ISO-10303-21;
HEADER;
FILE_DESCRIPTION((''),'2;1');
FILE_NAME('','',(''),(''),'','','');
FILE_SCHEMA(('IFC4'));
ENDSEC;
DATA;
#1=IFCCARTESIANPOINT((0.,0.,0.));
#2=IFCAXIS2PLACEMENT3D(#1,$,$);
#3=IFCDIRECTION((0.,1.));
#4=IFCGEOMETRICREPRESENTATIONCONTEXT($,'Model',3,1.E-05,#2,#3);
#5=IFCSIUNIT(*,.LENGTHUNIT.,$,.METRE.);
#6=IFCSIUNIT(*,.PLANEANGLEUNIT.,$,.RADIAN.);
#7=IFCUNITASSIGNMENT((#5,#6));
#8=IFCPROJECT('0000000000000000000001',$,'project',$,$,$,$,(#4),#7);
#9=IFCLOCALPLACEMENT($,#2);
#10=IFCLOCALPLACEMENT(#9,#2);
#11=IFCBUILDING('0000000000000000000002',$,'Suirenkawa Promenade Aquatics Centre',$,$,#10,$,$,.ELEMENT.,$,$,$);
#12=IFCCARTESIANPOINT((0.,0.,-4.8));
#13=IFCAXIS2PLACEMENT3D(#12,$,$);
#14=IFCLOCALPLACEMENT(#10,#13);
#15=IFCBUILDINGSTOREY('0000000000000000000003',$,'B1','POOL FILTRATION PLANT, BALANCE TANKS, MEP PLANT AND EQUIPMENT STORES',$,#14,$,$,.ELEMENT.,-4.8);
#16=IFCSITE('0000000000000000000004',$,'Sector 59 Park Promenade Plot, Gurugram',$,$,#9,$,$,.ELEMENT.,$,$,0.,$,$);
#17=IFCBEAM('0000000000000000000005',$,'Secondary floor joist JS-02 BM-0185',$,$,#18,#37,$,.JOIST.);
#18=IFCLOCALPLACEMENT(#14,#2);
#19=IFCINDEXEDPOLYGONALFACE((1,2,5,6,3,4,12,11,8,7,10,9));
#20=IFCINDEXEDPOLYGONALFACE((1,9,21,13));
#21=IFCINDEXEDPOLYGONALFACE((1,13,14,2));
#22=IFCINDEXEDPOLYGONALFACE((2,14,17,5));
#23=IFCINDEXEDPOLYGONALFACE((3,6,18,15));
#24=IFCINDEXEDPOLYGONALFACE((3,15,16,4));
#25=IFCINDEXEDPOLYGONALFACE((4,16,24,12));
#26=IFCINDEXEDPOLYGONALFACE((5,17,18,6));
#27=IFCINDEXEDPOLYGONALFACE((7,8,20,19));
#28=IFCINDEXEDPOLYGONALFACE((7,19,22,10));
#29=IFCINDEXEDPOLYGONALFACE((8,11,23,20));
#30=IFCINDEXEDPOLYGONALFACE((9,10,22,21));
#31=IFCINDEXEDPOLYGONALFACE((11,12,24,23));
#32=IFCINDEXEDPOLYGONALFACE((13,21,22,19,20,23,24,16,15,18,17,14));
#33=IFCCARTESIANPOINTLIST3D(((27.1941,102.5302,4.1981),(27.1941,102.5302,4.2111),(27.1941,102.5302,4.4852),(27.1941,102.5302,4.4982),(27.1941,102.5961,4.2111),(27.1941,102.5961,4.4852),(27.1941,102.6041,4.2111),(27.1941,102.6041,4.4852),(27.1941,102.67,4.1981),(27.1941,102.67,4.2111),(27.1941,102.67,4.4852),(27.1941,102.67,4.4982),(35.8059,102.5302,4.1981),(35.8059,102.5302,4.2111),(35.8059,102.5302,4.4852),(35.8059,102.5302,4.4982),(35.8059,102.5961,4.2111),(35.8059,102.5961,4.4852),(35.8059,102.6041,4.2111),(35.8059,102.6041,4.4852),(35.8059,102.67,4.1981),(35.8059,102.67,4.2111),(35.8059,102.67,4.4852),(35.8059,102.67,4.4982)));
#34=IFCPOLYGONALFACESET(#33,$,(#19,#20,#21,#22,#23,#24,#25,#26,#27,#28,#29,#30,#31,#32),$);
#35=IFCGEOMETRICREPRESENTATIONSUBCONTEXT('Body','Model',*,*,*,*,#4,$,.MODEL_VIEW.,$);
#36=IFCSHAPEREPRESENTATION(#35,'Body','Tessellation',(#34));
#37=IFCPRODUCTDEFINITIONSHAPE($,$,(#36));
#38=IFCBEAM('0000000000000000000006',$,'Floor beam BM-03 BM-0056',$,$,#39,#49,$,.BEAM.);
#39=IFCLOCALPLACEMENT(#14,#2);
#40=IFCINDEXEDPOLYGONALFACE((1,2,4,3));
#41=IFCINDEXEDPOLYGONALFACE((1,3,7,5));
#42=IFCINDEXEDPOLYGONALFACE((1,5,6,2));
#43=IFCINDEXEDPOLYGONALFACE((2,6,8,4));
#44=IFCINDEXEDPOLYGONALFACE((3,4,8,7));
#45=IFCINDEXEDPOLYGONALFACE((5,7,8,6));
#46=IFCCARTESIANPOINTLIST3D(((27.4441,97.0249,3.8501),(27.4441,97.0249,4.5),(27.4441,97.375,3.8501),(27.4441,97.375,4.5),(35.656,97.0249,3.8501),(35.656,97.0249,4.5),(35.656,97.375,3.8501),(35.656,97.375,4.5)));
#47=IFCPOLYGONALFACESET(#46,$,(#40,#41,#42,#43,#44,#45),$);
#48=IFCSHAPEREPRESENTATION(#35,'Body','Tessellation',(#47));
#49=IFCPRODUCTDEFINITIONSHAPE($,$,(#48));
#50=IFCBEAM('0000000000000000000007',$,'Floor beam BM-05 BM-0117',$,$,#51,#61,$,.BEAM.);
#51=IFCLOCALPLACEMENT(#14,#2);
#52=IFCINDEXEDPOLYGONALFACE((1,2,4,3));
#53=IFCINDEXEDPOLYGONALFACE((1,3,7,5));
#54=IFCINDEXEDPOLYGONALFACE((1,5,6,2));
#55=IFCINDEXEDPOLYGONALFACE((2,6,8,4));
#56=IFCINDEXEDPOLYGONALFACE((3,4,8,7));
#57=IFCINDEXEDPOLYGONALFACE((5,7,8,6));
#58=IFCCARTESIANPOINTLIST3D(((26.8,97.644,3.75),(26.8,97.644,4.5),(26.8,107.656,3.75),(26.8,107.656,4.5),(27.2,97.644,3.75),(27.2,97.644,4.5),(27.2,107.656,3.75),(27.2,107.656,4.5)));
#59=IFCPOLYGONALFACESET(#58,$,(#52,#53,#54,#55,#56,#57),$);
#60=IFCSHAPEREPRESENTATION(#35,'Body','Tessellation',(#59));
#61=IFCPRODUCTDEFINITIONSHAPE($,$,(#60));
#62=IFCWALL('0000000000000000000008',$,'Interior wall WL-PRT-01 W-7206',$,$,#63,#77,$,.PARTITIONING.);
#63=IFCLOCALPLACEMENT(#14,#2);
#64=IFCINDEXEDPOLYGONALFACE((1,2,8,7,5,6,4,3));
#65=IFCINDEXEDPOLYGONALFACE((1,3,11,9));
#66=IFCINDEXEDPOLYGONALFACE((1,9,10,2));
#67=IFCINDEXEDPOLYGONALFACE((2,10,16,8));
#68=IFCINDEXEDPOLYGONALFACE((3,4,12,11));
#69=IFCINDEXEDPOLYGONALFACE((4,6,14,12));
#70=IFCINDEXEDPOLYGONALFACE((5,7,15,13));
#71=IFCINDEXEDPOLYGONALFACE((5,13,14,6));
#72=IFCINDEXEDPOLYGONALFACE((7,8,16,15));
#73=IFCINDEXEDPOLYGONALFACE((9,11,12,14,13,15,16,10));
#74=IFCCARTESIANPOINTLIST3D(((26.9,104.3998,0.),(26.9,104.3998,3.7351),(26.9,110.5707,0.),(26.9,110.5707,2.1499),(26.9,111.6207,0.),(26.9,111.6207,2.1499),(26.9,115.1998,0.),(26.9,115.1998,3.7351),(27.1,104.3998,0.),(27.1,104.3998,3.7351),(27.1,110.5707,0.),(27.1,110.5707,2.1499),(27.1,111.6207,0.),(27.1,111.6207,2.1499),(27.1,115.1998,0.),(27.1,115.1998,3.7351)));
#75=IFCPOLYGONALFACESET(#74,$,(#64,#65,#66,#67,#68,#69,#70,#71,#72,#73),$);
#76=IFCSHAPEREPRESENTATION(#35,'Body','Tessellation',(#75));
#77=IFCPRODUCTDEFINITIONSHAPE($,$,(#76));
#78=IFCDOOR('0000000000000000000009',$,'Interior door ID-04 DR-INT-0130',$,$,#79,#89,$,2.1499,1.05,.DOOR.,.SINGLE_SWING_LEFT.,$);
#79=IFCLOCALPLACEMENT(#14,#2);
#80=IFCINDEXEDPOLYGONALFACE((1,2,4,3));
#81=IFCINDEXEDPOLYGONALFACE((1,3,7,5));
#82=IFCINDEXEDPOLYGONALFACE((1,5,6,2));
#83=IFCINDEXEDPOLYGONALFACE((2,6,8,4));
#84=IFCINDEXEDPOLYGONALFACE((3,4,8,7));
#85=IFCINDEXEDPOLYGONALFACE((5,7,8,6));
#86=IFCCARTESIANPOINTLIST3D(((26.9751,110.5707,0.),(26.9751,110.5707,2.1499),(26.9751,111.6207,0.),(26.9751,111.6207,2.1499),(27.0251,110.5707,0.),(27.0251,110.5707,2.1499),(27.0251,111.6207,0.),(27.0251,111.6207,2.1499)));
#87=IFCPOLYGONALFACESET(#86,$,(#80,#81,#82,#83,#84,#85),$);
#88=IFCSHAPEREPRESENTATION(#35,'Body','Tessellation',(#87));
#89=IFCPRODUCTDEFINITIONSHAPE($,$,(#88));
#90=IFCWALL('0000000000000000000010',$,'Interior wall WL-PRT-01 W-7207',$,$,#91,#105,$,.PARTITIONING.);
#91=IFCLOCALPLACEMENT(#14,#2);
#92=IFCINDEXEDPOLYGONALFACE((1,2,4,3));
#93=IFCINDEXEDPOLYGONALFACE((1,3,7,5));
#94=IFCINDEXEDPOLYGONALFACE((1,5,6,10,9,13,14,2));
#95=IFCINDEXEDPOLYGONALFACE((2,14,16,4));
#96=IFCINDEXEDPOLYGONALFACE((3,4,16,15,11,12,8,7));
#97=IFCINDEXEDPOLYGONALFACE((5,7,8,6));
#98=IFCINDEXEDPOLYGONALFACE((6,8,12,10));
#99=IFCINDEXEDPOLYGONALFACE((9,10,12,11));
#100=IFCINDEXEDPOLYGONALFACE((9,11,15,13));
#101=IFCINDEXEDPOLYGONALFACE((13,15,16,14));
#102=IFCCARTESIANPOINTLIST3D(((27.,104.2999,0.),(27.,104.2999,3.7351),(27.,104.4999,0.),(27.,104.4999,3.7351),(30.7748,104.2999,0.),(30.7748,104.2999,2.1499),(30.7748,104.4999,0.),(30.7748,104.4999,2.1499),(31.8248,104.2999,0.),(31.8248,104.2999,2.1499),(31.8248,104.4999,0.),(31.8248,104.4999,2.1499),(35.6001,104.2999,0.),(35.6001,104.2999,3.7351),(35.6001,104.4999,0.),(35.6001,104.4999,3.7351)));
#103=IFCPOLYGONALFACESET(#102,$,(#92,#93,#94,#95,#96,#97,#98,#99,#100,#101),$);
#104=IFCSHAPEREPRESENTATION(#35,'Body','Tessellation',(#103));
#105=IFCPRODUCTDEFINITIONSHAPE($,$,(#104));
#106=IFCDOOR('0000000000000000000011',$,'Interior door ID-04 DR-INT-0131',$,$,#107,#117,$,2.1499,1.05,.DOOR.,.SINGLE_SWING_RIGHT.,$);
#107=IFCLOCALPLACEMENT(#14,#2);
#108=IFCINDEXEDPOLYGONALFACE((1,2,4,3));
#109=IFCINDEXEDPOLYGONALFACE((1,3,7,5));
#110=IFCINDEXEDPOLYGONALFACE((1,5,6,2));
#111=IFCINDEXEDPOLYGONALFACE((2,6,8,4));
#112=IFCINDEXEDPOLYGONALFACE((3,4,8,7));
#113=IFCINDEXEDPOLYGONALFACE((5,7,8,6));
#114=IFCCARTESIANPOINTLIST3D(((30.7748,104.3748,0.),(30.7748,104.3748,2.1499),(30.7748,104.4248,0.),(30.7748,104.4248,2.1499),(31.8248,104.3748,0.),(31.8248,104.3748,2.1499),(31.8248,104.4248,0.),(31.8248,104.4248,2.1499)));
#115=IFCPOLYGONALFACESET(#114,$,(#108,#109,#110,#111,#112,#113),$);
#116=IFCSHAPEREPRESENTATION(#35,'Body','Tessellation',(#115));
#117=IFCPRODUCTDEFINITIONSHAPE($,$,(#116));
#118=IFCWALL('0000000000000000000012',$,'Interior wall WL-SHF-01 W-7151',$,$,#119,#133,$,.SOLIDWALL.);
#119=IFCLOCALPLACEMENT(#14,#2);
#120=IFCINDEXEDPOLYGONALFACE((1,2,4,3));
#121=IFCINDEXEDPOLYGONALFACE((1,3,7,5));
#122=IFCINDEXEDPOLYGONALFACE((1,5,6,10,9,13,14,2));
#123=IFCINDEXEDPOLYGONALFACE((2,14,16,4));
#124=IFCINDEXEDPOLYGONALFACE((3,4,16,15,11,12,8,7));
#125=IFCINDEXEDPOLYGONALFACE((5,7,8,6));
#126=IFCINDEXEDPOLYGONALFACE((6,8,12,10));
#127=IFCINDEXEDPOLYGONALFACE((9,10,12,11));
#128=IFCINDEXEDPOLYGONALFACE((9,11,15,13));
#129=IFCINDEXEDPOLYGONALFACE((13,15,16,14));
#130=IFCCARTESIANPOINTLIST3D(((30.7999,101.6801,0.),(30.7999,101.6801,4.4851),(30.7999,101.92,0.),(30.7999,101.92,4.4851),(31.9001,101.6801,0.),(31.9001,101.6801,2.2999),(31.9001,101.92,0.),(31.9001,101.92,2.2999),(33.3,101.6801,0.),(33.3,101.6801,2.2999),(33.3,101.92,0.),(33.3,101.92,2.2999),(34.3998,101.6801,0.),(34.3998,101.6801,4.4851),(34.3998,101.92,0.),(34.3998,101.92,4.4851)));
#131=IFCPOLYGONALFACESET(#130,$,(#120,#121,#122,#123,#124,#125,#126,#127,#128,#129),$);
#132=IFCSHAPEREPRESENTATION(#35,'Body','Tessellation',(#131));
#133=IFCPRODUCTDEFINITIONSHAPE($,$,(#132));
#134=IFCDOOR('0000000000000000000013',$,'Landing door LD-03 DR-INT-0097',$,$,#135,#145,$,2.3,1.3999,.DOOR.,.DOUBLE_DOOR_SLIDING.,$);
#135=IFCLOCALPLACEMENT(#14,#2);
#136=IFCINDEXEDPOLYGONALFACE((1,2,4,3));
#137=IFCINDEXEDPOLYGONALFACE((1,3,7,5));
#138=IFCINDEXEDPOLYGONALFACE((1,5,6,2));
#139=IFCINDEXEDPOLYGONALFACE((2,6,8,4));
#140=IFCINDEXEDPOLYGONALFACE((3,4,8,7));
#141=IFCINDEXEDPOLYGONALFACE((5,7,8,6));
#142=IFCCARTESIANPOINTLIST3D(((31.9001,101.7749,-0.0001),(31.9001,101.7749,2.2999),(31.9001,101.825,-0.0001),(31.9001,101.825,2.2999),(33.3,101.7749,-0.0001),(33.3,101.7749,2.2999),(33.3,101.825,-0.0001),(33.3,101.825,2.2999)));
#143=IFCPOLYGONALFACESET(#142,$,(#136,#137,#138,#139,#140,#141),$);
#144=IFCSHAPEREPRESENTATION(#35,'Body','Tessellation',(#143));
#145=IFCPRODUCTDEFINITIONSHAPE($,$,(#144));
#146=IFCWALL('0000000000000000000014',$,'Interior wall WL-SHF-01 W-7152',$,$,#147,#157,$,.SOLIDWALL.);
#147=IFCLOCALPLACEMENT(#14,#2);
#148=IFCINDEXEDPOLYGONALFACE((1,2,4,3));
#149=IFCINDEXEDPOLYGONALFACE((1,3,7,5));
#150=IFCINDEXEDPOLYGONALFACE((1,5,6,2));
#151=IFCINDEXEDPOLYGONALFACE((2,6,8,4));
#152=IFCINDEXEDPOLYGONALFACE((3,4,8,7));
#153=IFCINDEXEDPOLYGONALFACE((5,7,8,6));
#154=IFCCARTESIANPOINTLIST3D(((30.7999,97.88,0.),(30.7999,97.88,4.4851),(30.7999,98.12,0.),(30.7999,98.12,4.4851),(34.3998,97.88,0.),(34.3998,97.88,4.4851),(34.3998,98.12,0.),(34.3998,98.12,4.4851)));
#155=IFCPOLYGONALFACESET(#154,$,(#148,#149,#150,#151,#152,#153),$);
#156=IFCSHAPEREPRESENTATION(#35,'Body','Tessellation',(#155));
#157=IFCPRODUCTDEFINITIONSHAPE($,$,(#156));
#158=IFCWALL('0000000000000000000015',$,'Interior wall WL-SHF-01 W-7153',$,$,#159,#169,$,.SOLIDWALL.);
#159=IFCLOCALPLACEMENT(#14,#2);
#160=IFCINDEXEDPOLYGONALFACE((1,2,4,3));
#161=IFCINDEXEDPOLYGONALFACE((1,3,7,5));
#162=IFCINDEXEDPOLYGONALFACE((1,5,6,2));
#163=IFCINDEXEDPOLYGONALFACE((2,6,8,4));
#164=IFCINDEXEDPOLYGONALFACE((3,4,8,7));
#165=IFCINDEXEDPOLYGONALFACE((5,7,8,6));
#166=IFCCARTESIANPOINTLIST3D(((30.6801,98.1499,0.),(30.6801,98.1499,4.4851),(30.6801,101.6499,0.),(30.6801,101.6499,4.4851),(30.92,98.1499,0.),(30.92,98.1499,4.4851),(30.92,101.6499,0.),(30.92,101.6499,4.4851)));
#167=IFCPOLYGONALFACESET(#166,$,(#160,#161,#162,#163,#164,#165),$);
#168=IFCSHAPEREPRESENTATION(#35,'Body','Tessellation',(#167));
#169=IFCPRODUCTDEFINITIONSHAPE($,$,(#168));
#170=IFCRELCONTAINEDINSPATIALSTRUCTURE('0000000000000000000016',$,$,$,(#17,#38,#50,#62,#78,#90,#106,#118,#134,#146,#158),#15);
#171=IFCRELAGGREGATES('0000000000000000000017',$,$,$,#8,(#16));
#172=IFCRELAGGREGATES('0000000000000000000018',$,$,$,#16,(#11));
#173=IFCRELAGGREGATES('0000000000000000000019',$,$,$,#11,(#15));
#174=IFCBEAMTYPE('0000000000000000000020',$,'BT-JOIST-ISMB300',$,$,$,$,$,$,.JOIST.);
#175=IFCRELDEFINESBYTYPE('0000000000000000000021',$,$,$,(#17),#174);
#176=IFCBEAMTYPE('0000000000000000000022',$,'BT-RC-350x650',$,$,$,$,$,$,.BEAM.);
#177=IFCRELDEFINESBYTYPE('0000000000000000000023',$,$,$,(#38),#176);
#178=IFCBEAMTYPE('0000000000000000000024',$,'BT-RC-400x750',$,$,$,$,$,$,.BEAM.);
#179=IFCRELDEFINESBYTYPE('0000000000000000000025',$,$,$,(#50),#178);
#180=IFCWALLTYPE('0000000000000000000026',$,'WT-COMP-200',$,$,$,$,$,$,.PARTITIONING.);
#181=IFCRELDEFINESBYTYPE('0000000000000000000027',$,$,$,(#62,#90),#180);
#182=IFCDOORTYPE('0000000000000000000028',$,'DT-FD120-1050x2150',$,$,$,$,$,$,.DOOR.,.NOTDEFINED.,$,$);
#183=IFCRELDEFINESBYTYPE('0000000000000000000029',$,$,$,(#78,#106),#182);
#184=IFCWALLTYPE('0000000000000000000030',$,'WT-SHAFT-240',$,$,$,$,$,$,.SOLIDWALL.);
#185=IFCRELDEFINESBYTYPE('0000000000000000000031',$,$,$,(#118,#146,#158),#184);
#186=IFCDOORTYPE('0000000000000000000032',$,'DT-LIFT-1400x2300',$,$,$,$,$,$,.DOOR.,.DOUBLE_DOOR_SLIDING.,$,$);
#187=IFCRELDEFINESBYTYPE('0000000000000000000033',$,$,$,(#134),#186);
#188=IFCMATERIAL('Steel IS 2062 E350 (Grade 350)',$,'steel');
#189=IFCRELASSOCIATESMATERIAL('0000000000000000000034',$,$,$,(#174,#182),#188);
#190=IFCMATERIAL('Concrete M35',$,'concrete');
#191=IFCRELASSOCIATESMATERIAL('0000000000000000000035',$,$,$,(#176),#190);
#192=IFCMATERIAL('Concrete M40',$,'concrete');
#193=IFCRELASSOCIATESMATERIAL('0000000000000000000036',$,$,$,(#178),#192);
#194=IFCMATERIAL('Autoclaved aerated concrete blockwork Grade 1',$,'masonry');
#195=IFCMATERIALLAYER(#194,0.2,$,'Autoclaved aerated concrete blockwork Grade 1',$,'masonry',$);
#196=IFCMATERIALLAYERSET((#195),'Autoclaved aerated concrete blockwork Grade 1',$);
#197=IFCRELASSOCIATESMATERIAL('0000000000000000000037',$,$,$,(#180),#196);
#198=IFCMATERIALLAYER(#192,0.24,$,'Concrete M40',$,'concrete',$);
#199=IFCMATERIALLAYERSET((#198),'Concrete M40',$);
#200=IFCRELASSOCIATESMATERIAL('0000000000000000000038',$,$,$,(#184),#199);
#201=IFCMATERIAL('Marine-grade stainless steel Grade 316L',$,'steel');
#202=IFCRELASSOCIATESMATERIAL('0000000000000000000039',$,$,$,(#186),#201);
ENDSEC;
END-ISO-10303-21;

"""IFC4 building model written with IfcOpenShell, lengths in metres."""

from ifc_helpers import new_model, si_unit, direction, frame, frame_2d, origin, origin_2d, place, context, subcontext, project, spatial, rectangle, i_section, extrude, material, layer, layer_set, material_profile, profile_set, type_object, element, fill, save


model = new_model("IFC4")

# Units and contexts
model_context = context("Model", 3, precision=1e-05, world=origin(), true_north=direction((0.0, 1.0)))
body_context = subcontext(model_context, "Body", "Model", "MODEL_VIEW")
ifc_project = project(units=[si_unit("LENGTHUNIT", "METRE"), si_unit("PLANEANGLEUNIT", "RADIAN")], contexts=[model_context])

# Site, building, storey
site_placement = place(None, origin())
site = spatial("IfcSite", under=ifc_project, at=site_placement, Name="Sector 59 Park Promenade Plot, Gurugram", CompositionType="ELEMENT", RefElevation=0.0)
building_placement = place(site_placement, origin())
building = spatial("IfcBuilding", under=site, at=building_placement, Name="Suirenkawa Promenade Aquatics Centre", CompositionType="ELEMENT")
storey_placement = place(building_placement, frame((0.0, 0.0, -4.8)))
storey = spatial("IfcBuildingStorey", under=building, at=storey_placement, Name="B1", Description="POOL FILTRATION PLANT, BALANCE TANKS, MEP PLANT AND EQUIPMENT STORES", CompositionType="ELEMENT", Elevation=-4.8)

# Shared definitions
ifc_material_1 = material(Name="Concrete M35", Category="concrete")

# Shared definitions
ifc_material_2 = material(Name="Concrete M40", Category="concrete")

# Beams
ifc_material_3 = material(Name="Steel IS 2062 E350 (Grade 350)", Category="steel")
ifc_material_profile_1 = material_profile(ifc_material_3, i_section(OverallWidth=0.1399, OverallDepth=0.3, WebThickness=0.0081, FlangeThickness=0.0129, at=origin_2d()), Name="ISMB 300", Category="steel")
ifc_profile_set_1 = profile_set([ifc_material_profile_1], Name="Steel IS 2062 E350 (Grade 350)")
beam_type_1 = type_object("IfcBeamType", Name="BT-JOIST-ISMB300", PredefinedType="JOIST", material=ifc_profile_set_1)
for number, where, z_axis, x_axis, name in (
    (1, (27.1941, 102.6001, 4.3481), (1.0, 0.0, 0.0), (0.0, 1.0, 0.0), "Secondary floor joist JS-02 BM-0185"),
):
    element("IfcBeam", number, at=place(storey_placement, frame(where, z_axis=z_axis, x_axis=x_axis)), inside=storey, type_object=beam_type_1, Name=name, PredefinedType="JOIST", context=body_context, shape_type="SweptSolid", body=[
        extrude(i_section(OverallWidth=0.1399, OverallDepth=0.3, WebThickness=0.0081, FlangeThickness=0.0129, at=origin_2d()), origin(), (0.0, 0.0, 1.0), 8.6118),
    ])
ifc_material_profile_2 = material_profile(ifc_material_1, rectangle(XDim=0.3501, YDim=0.6499, at=origin_2d()), Name="RC BM 350x650", Category="concrete")
ifc_profile_set_2 = profile_set([ifc_material_profile_2], Name="Concrete M35")
beam_type_2 = type_object("IfcBeamType", Name="BT-RC-350x650", PredefinedType="BEAM", material=ifc_profile_set_2)
beam_1_placement = place(storey_placement, frame((27.4441, 97.2, 4.175), z_axis=(1.0, 0.0, 0.0), x_axis=(0.0, 1.0, 0.0)))
element("IfcBeam", 2, at=beam_1_placement, inside=storey, type_object=beam_type_2, Name="Floor beam BM-03 BM-0056", PredefinedType="BEAM", context=body_context, shape_type="SweptSolid", body=[
    extrude(rectangle(XDim=0.3501, YDim=0.6499, at=origin_2d()), origin(), (0.0, 0.0, 1.0), 8.2119),
])
ifc_material_profile_3 = material_profile(ifc_material_2, rectangle(XDim=0.3999, YDim=0.75, at=origin_2d()), Name="RC BM 400x750", Category="concrete")
ifc_profile_set_3 = profile_set([ifc_material_profile_3], Name="Concrete M40")
beam_type_3 = type_object("IfcBeamType", Name="BT-RC-400x750", PredefinedType="BEAM", material=ifc_profile_set_3)
beam_2_placement = place(storey_placement, frame((27.0, 97.644, 4.125), z_axis=(0.0, 1.0, 0.0), x_axis=(-1.0, 0.0, 0.0)))
element("IfcBeam", 3, at=beam_2_placement, inside=storey, type_object=beam_type_3, Name="Floor beam BM-05 BM-0117", PredefinedType="BEAM", context=body_context, shape_type="SweptSolid", body=[
    extrude(rectangle(XDim=0.3999, YDim=0.75, at=origin_2d()), origin(), (0.0, 0.0, 1.0), 10.012),
])

# Walls, openings, doors
ifc_material_4 = material(Name="Autoclaved aerated concrete blockwork Grade 1", Category="masonry")
ifc_layer_1 = layer(ifc_material_4, 0.2, Name="Autoclaved aerated concrete blockwork Grade 1", Category="masonry")
ifc_layer_set_1 = layer_set([ifc_layer_1], Name="Autoclaved aerated concrete blockwork Grade 1")
wall_type_1 = type_object("IfcWallType", Name="WT-COMP-200", PredefinedType="PARTITIONING", material=ifc_layer_set_1)
wall_1_placement = place(storey_placement, frame((27.0, 104.3999, 0.0), z_axis=(0.0, 0.0, 1.0), x_axis=(0.0, 1.0, 0.0)))
wall_1 = element("IfcWall", 4, at=wall_1_placement, inside=storey, type_object=wall_type_1, Name="Interior wall WL-PRT-01 W-7206", PredefinedType="PARTITIONING", context=body_context, shape_type="SweptSolid", body=[
    extrude(rectangle(XDim=10.8, YDim=0.2, at=frame_2d((5.3999, 0.0))), origin(), (0.0, 0.0, 1.0), 3.7351),
])
opening_1_placement = place(wall_1_placement, frame((6.1709, 0.0, 0.0)))
opening_1 = element("IfcOpeningElement", 5, at=opening_1_placement, cuts=wall_1, PredefinedType="OPENING", context=body_context, shape_type="SweptSolid", body=[
    extrude(rectangle(XDim=1.05, YDim=2.1499, at=frame_2d((0.5249, 1.075))), frame((0.0, 0.1099, 0.0), z_axis=(0.0, -1.0, 0.0), x_axis=(1.0, 0.0, 0.0)), (0.0, 0.0, 1.0), 0.22),
])
door_type_1 = type_object("IfcDoorType", Name="DT-FD120-1050x2150", OperationType="NOTDEFINED", PredefinedType="DOOR", material=ifc_material_3)
door_1_placement = place(opening_1_placement, origin())
door_1 = element("IfcDoor", 6, at=door_1_placement, inside=storey, type_object=door_type_1, Name="Interior door ID-04 DR-INT-0130", OperationType="SINGLE_SWING_LEFT", OverallHeight=2.1499, OverallWidth=1.05, PredefinedType="DOOR", context=body_context, shape_type="SweptSolid", body=[
    extrude(rectangle(XDim=1.05, YDim=2.1499, at=frame_2d((0.5249, 1.075))), frame((0.0, 0.0249, 0.0), z_axis=(0.0, -1.0, 0.0), x_axis=(1.0, 0.0, 0.0)), (0.0, 0.0, 1.0), 0.05),
])
fill(opening_1, door_1)
wall_2_placement = place(storey_placement, frame((27.0, 104.3999, 0.0), z_axis=(0.0, 0.0, 1.0), x_axis=(1.0, 0.0, 0.0)))
wall_2 = element("IfcWall", 7, at=wall_2_placement, inside=storey, type_object=wall_type_1, Name="Interior wall WL-PRT-01 W-7207", PredefinedType="PARTITIONING", context=body_context, shape_type="SweptSolid", body=[
    extrude(rectangle(XDim=8.6001, YDim=0.2, at=frame_2d((4.3, 0.0))), origin(), (0.0, 0.0, 1.0), 3.7351),
])
opening_2_placement = place(wall_2_placement, frame((3.7749, 0.0, 0.0)))
opening_2 = element("IfcOpeningElement", 8, at=opening_2_placement, cuts=wall_2, PredefinedType="OPENING", context=body_context, shape_type="SweptSolid", body=[
    extrude(rectangle(XDim=1.05, YDim=2.1499, at=frame_2d((0.5249, 1.075))), frame((0.0, 0.1099, 0.0), z_axis=(0.0, -1.0, 0.0), x_axis=(1.0, 0.0, 0.0)), (0.0, 0.0, 1.0), 0.22),
])
door_2_placement = place(opening_2_placement, origin())
door_2 = element("IfcDoor", 9, at=door_2_placement, inside=storey, type_object=door_type_1, Name="Interior door ID-04 DR-INT-0131", OperationType="SINGLE_SWING_RIGHT", OverallHeight=2.1499, OverallWidth=1.05, PredefinedType="DOOR", context=body_context, shape_type="SweptSolid", body=[
    extrude(rectangle(XDim=1.05, YDim=2.1499, at=frame_2d((0.5249, 1.075))), frame((0.0, 0.0249, 0.0), z_axis=(0.0, -1.0, 0.0), x_axis=(1.0, 0.0, 0.0)), (0.0, 0.0, 1.0), 0.05),
])
fill(opening_2, door_2)
ifc_layer_2 = layer(ifc_material_2, 0.24, Name="Concrete M40", Category="concrete")
ifc_layer_set_2 = layer_set([ifc_layer_2], Name="Concrete M40")
wall_type_2 = type_object("IfcWallType", Name="WT-SHAFT-240", PredefinedType="SOLIDWALL", material=ifc_layer_set_2)
wall_3_placement = place(storey_placement, frame((30.8, 101.8, 0.0), z_axis=(0.0, 0.0, 1.0), x_axis=(1.0, 0.0, 0.0)))
wall_3 = element("IfcWall", 10, at=wall_3_placement, inside=storey, type_object=wall_type_2, Name="Interior wall WL-SHF-01 W-7151", PredefinedType="SOLIDWALL", context=body_context, shape_type="SweptSolid", body=[
    extrude(rectangle(XDim=3.5999, YDim=0.24, at=frame_2d((1.7998, 0.0))), origin(), (0.0, 0.0, 1.0), 4.4851),
])
opening_3_placement = place(wall_3_placement, frame((1.1001, 0.0, 0.0)))
opening_3 = element("IfcOpeningElement", 11, at=opening_3_placement, cuts=wall_3, PredefinedType="OPENING", context=body_context, shape_type="SweptSolid", body=[
    extrude(rectangle(XDim=1.3999, YDim=2.3, at=frame_2d((0.7, 1.1499))), frame((0.0, 0.1299, 0.0), z_axis=(0.0, -1.0, 0.0), x_axis=(1.0, 0.0, 0.0)), (0.0, 0.0, 1.0), 0.26),
])
ifc_material_5 = material(Name="Marine-grade stainless steel Grade 316L", Category="steel")
door_type_2 = type_object("IfcDoorType", Name="DT-LIFT-1400x2300", OperationType="DOUBLE_DOOR_SLIDING", PredefinedType="DOOR", material=ifc_material_5)
door_3_placement = place(opening_3_placement, origin())
door_3 = element("IfcDoor", 12, at=door_3_placement, inside=storey, type_object=door_type_2, Name="Landing door LD-03 DR-INT-0097", OperationType="DOUBLE_DOOR_SLIDING", OverallHeight=2.3, OverallWidth=1.3999, PredefinedType="DOOR", context=body_context, shape_type="SweptSolid", body=[
    extrude(rectangle(XDim=1.3999, YDim=2.3, at=frame_2d((0.7, 1.1499))), frame((0.0, 0.0249, 0.0), z_axis=(0.0, -1.0, 0.0), x_axis=(1.0, 0.0, 0.0)), (0.0, 0.0, 1.0), 0.05),
])
fill(opening_3, door_3)

# Walls
wall_4_placement = place(storey_placement, frame((30.8, 98.0, 0.0), z_axis=(0.0, 0.0, 1.0), x_axis=(1.0, 0.0, 0.0)))
element("IfcWall", 13, at=wall_4_placement, inside=storey, type_object=wall_type_2, Name="Interior wall WL-SHF-01 W-7152", PredefinedType="SOLIDWALL", context=body_context, shape_type="SweptSolid", body=[
    extrude(rectangle(XDim=3.5999, YDim=0.24, at=frame_2d((1.7998, 0.0))), origin(), (0.0, 0.0, 1.0), 4.4851),
])
for number, where, z_axis, x_axis, name in (
    (14, (30.8, 98.1499, 0.0), (0.0, 0.0, 1.0), (0.0, 1.0, 0.0), "Interior wall WL-SHF-01 W-7153"),
):
    element("IfcWall", number, at=place(storey_placement, frame(where, z_axis=z_axis, x_axis=x_axis)), inside=storey, type_object=wall_type_2, Name=name, PredefinedType="SOLIDWALL", context=body_context, shape_type="SweptSolid", body=[
        extrude(rectangle(XDim=3.5, YDim=0.24, at=frame_2d((1.75, 0.0))), origin(), (0.0, 0.0, 1.0), 4.4851),
    ])

save(model, "model.ifc")
